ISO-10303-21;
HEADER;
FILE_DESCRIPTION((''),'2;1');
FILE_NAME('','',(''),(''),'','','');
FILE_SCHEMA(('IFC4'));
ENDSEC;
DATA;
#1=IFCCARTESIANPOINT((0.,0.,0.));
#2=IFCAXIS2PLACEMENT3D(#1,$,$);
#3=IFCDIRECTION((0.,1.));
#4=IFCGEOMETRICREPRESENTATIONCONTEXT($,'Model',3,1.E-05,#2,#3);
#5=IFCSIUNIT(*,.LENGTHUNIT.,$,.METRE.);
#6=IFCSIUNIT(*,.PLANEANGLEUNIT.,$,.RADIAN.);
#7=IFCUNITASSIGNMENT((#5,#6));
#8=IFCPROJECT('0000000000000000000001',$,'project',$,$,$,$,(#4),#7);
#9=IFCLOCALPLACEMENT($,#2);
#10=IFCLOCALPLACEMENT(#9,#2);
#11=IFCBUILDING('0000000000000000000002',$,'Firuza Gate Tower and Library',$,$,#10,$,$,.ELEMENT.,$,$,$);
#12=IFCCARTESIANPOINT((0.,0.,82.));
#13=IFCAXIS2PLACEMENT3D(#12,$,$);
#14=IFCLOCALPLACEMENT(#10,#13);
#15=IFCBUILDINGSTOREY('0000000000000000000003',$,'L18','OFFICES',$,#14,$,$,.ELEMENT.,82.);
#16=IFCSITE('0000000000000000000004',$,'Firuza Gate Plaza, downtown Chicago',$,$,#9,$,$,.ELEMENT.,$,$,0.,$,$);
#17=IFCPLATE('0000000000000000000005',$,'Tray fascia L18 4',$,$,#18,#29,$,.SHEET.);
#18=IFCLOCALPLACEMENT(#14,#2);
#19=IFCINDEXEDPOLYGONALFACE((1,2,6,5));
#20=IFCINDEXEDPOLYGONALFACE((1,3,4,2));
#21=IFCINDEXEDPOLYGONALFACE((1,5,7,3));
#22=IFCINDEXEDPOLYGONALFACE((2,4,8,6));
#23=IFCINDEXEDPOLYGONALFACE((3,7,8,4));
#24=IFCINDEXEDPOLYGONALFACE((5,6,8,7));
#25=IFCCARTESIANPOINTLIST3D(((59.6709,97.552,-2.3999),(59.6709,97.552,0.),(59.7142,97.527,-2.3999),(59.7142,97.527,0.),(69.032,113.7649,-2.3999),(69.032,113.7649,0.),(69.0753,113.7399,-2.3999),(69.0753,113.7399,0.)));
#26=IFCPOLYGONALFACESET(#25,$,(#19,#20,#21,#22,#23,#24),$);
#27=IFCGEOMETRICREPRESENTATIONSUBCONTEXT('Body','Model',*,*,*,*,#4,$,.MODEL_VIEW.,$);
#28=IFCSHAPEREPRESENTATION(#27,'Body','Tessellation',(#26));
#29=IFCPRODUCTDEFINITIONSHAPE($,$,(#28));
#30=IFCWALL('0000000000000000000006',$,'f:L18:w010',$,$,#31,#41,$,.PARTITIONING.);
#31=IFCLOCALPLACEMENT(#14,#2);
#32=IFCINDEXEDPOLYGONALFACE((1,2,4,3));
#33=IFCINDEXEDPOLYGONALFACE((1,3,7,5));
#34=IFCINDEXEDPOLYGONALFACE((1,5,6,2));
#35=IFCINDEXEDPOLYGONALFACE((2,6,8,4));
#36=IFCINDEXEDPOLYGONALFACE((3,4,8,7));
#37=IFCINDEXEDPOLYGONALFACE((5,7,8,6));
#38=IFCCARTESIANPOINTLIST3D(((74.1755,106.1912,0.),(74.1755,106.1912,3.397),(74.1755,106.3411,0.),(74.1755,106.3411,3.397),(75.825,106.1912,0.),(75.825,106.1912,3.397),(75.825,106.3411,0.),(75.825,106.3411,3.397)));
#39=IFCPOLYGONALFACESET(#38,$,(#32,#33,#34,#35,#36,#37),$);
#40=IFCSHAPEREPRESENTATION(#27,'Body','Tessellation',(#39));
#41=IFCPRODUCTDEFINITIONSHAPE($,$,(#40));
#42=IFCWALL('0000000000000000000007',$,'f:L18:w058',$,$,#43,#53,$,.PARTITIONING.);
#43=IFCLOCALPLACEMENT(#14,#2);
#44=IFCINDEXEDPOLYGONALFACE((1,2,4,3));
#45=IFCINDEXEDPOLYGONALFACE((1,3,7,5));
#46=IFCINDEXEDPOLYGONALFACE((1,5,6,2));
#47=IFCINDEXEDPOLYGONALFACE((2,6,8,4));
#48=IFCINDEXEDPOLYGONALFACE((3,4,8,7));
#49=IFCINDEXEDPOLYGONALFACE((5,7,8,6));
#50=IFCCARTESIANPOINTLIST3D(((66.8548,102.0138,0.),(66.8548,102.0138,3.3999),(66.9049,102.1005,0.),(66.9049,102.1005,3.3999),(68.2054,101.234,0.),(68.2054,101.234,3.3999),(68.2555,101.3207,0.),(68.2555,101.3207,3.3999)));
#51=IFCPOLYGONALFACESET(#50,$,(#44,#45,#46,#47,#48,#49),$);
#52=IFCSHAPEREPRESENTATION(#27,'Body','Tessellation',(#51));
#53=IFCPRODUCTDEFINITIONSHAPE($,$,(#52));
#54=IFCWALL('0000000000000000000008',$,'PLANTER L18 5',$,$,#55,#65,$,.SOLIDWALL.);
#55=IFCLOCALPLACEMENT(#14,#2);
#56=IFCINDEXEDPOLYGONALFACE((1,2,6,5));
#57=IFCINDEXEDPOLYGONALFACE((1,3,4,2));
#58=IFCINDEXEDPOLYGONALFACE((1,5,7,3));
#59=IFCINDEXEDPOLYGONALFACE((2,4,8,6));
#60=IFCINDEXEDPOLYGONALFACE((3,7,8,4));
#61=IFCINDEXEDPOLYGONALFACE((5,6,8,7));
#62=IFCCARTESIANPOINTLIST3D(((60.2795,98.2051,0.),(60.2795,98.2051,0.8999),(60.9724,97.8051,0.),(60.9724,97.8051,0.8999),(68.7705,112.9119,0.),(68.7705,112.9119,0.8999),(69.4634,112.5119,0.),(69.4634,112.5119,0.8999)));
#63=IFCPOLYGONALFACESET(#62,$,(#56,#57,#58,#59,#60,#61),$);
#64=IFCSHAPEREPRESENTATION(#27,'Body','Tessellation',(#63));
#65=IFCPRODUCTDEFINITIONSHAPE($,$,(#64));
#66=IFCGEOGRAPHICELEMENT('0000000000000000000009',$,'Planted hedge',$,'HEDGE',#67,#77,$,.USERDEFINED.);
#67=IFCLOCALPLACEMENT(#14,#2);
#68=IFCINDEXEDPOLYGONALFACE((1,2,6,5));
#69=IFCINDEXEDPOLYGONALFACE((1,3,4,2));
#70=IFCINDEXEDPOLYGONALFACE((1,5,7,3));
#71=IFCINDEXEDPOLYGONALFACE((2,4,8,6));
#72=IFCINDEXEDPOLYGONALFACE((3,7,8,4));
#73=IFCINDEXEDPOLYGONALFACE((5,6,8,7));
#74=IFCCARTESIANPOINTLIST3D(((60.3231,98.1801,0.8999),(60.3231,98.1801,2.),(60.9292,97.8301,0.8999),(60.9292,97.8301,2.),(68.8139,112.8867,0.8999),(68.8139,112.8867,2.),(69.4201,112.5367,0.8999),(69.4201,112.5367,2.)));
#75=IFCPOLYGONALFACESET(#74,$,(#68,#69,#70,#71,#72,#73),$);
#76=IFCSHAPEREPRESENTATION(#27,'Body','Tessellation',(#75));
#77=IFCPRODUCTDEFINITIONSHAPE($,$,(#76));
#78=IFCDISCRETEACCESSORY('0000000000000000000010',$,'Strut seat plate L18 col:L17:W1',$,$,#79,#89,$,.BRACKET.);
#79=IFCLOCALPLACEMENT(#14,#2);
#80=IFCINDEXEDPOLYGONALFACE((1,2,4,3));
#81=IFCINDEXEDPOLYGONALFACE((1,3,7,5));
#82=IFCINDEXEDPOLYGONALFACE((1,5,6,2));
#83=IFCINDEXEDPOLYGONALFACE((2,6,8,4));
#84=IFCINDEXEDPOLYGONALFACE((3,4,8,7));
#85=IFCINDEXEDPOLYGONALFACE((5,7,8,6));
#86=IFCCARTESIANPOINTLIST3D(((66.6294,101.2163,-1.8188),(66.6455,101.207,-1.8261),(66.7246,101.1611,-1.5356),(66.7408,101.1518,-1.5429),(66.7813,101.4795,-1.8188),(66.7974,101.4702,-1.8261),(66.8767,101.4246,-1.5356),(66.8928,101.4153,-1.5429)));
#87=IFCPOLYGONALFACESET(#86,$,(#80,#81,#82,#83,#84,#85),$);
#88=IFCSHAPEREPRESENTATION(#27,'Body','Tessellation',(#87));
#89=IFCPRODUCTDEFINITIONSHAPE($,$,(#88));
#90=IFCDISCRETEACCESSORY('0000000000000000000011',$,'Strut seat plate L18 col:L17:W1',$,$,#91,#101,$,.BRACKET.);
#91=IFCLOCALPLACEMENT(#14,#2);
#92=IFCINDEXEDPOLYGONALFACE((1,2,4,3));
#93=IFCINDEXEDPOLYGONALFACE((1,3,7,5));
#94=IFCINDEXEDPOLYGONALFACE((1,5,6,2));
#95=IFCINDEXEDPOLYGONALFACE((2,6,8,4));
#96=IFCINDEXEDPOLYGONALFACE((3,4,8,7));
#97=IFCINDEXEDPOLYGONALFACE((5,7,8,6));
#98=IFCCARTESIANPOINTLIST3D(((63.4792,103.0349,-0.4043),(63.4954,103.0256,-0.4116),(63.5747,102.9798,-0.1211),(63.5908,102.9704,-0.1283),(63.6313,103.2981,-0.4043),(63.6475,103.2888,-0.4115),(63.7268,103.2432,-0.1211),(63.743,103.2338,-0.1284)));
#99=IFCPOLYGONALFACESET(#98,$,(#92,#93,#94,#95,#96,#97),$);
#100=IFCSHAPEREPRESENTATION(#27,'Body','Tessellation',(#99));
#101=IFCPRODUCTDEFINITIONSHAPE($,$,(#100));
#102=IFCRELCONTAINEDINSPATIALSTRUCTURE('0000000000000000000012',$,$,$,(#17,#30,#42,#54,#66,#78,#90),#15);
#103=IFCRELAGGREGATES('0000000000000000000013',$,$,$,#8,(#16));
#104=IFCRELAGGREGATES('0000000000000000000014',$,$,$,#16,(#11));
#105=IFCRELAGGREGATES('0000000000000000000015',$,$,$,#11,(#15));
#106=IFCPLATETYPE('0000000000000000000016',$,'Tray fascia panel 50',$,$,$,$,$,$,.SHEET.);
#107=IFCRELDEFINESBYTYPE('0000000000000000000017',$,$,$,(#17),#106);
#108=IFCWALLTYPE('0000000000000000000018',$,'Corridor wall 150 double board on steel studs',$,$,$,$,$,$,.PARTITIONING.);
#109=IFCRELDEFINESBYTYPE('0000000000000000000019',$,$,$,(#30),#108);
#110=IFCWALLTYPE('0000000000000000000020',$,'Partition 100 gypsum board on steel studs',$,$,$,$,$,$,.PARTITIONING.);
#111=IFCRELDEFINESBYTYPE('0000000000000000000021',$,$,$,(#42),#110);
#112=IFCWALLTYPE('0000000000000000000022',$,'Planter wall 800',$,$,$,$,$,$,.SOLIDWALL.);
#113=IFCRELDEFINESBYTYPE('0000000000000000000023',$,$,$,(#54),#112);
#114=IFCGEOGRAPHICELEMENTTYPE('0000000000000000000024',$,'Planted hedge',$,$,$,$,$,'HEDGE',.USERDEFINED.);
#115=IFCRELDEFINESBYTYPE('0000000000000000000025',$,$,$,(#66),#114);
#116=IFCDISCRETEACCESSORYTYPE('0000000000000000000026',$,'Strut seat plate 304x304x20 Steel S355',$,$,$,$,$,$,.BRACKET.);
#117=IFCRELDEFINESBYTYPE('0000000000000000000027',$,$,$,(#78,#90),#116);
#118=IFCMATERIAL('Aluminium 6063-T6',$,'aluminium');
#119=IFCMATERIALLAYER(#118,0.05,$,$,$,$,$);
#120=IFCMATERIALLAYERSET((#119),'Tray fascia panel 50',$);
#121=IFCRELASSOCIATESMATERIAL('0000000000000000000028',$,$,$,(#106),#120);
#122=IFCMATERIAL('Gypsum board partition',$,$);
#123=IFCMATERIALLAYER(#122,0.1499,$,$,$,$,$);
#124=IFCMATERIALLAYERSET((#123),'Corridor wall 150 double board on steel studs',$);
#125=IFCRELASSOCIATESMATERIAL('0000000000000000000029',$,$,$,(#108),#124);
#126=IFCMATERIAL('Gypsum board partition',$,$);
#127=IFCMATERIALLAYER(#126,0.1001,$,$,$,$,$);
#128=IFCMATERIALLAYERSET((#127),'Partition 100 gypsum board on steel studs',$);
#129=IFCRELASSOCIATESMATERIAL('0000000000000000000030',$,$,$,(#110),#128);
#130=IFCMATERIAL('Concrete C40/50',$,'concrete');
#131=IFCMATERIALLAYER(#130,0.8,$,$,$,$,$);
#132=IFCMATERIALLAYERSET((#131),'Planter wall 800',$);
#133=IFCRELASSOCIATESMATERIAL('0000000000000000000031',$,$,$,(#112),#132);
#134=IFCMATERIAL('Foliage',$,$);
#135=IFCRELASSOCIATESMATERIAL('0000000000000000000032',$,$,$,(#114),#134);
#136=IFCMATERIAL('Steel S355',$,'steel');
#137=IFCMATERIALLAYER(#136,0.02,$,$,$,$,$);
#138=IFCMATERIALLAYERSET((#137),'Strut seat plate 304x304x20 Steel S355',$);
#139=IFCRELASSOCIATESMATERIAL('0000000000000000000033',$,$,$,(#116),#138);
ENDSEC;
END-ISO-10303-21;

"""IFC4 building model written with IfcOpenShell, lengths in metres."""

from ifc_helpers import new_model, si_unit, direction, frame, frame_2d, origin, origin_2d, place, context, subcontext, project, spatial, polyline, rectangle, outline, extrude, material, layer, layer_set, type_object, element, save


model = new_model("IFC4")

# Units and contexts
model_context = context("Model", 3, precision=1e-05, world=origin(), true_north=direction((0.0, 1.0)))
body_context = subcontext(model_context, "Body", "Model", "MODEL_VIEW")
ifc_project = project(units=[si_unit("LENGTHUNIT", "METRE"), si_unit("PLANEANGLEUNIT", "RADIAN")], contexts=[model_context])

# Site, building, storey
site_placement = place(None, origin())
site = spatial("IfcSite", under=ifc_project, at=site_placement, Name="Firuza Gate Plaza, downtown Chicago", CompositionType="ELEMENT", RefElevation=0.0)
building_placement = place(site_placement, origin())
building = spatial("IfcBuilding", under=site, at=building_placement, Name="Firuza Gate Tower and Library", CompositionType="ELEMENT")
storey_placement = place(building_placement, frame((0.0, 0.0, 82.0)))
storey = spatial("IfcBuildingStorey", under=building, at=storey_placement, Name="L18", Description="OFFICES", CompositionType="ELEMENT", Elevation=82.0)

# Plate
ifc_material_1 = material(Name="Aluminium 6063-T6", Category="aluminium")
ifc_layer_1 = layer(ifc_material_1, 0.05)
ifc_layer_set_1 = layer_set([ifc_layer_1], Name="Tray fascia panel 50")
plate_type_1 = type_object("IfcPlateType", Name="Tray fascia panel 50", PredefinedType="SHEET", material=ifc_layer_set_1)
plate_1_placement = place(storey_placement, frame((69.032, 113.7649, -2.3999), z_axis=(-0.866012, 0.500023, 0.0), x_axis=(-0.500023, -0.866012, 0.0)))
element("IfcPlate", 1, at=plate_1_placement, inside=storey, type_object=plate_type_1, Name="Tray fascia L18 4", PredefinedType="SHEET", context=body_context, shape_type="SweptSolid", body=[
    extrude(outline(polyline([(0.0, 0.0), (18.7213, 0.0), (18.7213, 2.3999), (0.0, 2.3999), (0.0, 0.0)])), origin(), (0.0, 0.0, -1.0), 0.05),
])

# Walls
ifc_material_2 = material(Name="Gypsum board partition")
ifc_layer_2 = layer(ifc_material_2, 0.1499)
ifc_layer_set_2 = layer_set([ifc_layer_2], Name="Corridor wall 150 double board on steel studs")
wall_type_1 = type_object("IfcWallType", Name="Corridor wall 150 double board on steel studs", PredefinedType="PARTITIONING", material=ifc_layer_set_2)
wall_1_placement = place(storey_placement, frame((74.1755, 106.2661, 0.0), z_axis=(0.0, 0.0, 1.0), x_axis=(1.0, 0.0, 0.0)))
element("IfcWall", 2, at=wall_1_placement, inside=storey, type_object=wall_type_1, Name="f:L18:w010", PredefinedType="PARTITIONING", context=body_context, shape_type="SweptSolid", body=[
    extrude(rectangle(XDim=1.6494, YDim=0.1499, at=frame_2d((0.8247, 0.0))), origin(), (0.0, 0.0, 1.0), 3.397),
])
ifc_material_3 = material(Name="Gypsum board partition")
ifc_layer_3 = layer(ifc_material_3, 0.1001)
ifc_layer_set_3 = layer_set([ifc_layer_3], Name="Partition 100 gypsum board on steel studs")
wall_type_2 = type_object("IfcWallType", Name="Partition 100 gypsum board on steel studs", PredefinedType="PARTITIONING", material=ifc_layer_set_3)
wall_2_placement = place(storey_placement, frame((68.2305, 101.2773, 0.0), z_axis=(0.0, 0.0, 1.0), x_axis=(-0.866019, 0.500012, 0.0)))
element("IfcWall", 3, at=wall_2_placement, inside=storey, type_object=wall_type_2, Name="f:L18:w058", PredefinedType="PARTITIONING", context=body_context, shape_type="SweptSolid", body=[
    extrude(rectangle(XDim=1.5596, YDim=0.1001, at=frame_2d((0.7798, 0.0))), origin(), (0.0, 0.0, 1.0), 3.3999),
])
ifc_material_4 = material(Name="Concrete C40/50", Category="concrete")
ifc_layer_4 = layer(ifc_material_4, 0.8)
ifc_layer_set_4 = layer_set([ifc_layer_4], Name="Planter wall 800")
wall_type_3 = type_object("IfcWallType", Name="Planter wall 800", PredefinedType="SOLIDWALL", material=ifc_layer_set_4)
wall_3_placement = place(storey_placement, frame((69.1169, 112.7119, 0.0), z_axis=(0.0, 0.0, 1.0), x_axis=(-0.5, -0.866025, 0.0)))
element("IfcWall", 4, at=wall_3_placement, inside=storey, type_object=wall_type_3, Name="PLANTER L18 5", PredefinedType="SOLIDWALL", context=body_context, shape_type="SweptSolid", body=[
    extrude(rectangle(XDim=16.9819, YDim=0.8, at=frame_2d((8.491, 0.0))), origin(), (0.0, 0.0, 1.0), 0.8999),
])

# Geographic element
ifc_material_5 = material(Name="Foliage")
geographic_element_type = type_object("IfcGeographicElementType", Name="Planted hedge", ElementType="HEDGE", PredefinedType="USERDEFINED", material=ifc_material_5)
geographic_element_placement = place(storey_placement, frame((64.8716, 105.3584, 0.8999), z_axis=(0.0, 0.0, 1.0), x_axis=(-0.5, -0.866025, 0.0)))
element("IfcGeographicElement", 5, at=geographic_element_placement, inside=storey, type_object=geographic_element_type, Name="Planted hedge", ObjectType="HEDGE", PredefinedType="USERDEFINED", context=body_context, shape_type="SweptSolid", body=[
    extrude(rectangle(XDim=16.9817, YDim=0.7, at=origin_2d()), origin(), (0.0, 0.0, 1.0), 1.1001),
])

# Discrete accessories
ifc_material_6 = material(Name="Steel S355", Category="steel")
ifc_layer_5 = layer(ifc_material_6, 0.02)
ifc_layer_set_5 = layer_set([ifc_layer_5], Name="Strut seat plate 304x304x20 Steel S355")
discrete_accessory_type = type_object("IfcDiscreteAccessoryType", Name="Strut seat plate 304x304x20 Steel S355", PredefinedType="BRACKET", material=ifc_layer_set_5)
discrete_accessory_1_placement = place(storey_placement, frame((66.7246, 101.1611, -1.5356), z_axis=(-0.807237, 0.46593, 0.362322), x_axis=(0.499913, 0.866076, 0.00005)))
element("IfcDiscreteAccessory", 6, at=discrete_accessory_1_placement, inside=storey, type_object=discrete_accessory_type, Name="Strut seat plate L18 col:L17:W1", PredefinedType="BRACKET", context=body_context, shape_type="SweptSolid", body=[
    extrude(outline(polyline([(0.0, 0.0), (0.3042, 0.0), (0.304, 0.3039), (0.0002, 0.3038), (0.0, 0.0)])), origin(), (0.0, 0.0, -1.0), 0.02),
])
discrete_accessory_2_placement = place(storey_placement, frame((63.7268, 103.2432, -0.1211), z_axis=(-0.806974, 0.466152, 0.362624), x_axis=(-0.500174, -0.865925, 0.000068)))
element("IfcDiscreteAccessory", 7, at=discrete_accessory_2_placement, inside=storey, type_object=discrete_accessory_type, Name="Strut seat plate L18 col:L17:W1", PredefinedType="BRACKET", context=body_context, shape_type="SweptSolid", body=[
    extrude(outline(polyline([(0.0, 0.0), (0.3042, 0.0), (0.3041, -0.3039), (0.0002, -0.3039), (0.0, 0.0)])), origin(), (0.0, 0.0, -1.0), 0.02),
])

save(model, "model.ifc")
